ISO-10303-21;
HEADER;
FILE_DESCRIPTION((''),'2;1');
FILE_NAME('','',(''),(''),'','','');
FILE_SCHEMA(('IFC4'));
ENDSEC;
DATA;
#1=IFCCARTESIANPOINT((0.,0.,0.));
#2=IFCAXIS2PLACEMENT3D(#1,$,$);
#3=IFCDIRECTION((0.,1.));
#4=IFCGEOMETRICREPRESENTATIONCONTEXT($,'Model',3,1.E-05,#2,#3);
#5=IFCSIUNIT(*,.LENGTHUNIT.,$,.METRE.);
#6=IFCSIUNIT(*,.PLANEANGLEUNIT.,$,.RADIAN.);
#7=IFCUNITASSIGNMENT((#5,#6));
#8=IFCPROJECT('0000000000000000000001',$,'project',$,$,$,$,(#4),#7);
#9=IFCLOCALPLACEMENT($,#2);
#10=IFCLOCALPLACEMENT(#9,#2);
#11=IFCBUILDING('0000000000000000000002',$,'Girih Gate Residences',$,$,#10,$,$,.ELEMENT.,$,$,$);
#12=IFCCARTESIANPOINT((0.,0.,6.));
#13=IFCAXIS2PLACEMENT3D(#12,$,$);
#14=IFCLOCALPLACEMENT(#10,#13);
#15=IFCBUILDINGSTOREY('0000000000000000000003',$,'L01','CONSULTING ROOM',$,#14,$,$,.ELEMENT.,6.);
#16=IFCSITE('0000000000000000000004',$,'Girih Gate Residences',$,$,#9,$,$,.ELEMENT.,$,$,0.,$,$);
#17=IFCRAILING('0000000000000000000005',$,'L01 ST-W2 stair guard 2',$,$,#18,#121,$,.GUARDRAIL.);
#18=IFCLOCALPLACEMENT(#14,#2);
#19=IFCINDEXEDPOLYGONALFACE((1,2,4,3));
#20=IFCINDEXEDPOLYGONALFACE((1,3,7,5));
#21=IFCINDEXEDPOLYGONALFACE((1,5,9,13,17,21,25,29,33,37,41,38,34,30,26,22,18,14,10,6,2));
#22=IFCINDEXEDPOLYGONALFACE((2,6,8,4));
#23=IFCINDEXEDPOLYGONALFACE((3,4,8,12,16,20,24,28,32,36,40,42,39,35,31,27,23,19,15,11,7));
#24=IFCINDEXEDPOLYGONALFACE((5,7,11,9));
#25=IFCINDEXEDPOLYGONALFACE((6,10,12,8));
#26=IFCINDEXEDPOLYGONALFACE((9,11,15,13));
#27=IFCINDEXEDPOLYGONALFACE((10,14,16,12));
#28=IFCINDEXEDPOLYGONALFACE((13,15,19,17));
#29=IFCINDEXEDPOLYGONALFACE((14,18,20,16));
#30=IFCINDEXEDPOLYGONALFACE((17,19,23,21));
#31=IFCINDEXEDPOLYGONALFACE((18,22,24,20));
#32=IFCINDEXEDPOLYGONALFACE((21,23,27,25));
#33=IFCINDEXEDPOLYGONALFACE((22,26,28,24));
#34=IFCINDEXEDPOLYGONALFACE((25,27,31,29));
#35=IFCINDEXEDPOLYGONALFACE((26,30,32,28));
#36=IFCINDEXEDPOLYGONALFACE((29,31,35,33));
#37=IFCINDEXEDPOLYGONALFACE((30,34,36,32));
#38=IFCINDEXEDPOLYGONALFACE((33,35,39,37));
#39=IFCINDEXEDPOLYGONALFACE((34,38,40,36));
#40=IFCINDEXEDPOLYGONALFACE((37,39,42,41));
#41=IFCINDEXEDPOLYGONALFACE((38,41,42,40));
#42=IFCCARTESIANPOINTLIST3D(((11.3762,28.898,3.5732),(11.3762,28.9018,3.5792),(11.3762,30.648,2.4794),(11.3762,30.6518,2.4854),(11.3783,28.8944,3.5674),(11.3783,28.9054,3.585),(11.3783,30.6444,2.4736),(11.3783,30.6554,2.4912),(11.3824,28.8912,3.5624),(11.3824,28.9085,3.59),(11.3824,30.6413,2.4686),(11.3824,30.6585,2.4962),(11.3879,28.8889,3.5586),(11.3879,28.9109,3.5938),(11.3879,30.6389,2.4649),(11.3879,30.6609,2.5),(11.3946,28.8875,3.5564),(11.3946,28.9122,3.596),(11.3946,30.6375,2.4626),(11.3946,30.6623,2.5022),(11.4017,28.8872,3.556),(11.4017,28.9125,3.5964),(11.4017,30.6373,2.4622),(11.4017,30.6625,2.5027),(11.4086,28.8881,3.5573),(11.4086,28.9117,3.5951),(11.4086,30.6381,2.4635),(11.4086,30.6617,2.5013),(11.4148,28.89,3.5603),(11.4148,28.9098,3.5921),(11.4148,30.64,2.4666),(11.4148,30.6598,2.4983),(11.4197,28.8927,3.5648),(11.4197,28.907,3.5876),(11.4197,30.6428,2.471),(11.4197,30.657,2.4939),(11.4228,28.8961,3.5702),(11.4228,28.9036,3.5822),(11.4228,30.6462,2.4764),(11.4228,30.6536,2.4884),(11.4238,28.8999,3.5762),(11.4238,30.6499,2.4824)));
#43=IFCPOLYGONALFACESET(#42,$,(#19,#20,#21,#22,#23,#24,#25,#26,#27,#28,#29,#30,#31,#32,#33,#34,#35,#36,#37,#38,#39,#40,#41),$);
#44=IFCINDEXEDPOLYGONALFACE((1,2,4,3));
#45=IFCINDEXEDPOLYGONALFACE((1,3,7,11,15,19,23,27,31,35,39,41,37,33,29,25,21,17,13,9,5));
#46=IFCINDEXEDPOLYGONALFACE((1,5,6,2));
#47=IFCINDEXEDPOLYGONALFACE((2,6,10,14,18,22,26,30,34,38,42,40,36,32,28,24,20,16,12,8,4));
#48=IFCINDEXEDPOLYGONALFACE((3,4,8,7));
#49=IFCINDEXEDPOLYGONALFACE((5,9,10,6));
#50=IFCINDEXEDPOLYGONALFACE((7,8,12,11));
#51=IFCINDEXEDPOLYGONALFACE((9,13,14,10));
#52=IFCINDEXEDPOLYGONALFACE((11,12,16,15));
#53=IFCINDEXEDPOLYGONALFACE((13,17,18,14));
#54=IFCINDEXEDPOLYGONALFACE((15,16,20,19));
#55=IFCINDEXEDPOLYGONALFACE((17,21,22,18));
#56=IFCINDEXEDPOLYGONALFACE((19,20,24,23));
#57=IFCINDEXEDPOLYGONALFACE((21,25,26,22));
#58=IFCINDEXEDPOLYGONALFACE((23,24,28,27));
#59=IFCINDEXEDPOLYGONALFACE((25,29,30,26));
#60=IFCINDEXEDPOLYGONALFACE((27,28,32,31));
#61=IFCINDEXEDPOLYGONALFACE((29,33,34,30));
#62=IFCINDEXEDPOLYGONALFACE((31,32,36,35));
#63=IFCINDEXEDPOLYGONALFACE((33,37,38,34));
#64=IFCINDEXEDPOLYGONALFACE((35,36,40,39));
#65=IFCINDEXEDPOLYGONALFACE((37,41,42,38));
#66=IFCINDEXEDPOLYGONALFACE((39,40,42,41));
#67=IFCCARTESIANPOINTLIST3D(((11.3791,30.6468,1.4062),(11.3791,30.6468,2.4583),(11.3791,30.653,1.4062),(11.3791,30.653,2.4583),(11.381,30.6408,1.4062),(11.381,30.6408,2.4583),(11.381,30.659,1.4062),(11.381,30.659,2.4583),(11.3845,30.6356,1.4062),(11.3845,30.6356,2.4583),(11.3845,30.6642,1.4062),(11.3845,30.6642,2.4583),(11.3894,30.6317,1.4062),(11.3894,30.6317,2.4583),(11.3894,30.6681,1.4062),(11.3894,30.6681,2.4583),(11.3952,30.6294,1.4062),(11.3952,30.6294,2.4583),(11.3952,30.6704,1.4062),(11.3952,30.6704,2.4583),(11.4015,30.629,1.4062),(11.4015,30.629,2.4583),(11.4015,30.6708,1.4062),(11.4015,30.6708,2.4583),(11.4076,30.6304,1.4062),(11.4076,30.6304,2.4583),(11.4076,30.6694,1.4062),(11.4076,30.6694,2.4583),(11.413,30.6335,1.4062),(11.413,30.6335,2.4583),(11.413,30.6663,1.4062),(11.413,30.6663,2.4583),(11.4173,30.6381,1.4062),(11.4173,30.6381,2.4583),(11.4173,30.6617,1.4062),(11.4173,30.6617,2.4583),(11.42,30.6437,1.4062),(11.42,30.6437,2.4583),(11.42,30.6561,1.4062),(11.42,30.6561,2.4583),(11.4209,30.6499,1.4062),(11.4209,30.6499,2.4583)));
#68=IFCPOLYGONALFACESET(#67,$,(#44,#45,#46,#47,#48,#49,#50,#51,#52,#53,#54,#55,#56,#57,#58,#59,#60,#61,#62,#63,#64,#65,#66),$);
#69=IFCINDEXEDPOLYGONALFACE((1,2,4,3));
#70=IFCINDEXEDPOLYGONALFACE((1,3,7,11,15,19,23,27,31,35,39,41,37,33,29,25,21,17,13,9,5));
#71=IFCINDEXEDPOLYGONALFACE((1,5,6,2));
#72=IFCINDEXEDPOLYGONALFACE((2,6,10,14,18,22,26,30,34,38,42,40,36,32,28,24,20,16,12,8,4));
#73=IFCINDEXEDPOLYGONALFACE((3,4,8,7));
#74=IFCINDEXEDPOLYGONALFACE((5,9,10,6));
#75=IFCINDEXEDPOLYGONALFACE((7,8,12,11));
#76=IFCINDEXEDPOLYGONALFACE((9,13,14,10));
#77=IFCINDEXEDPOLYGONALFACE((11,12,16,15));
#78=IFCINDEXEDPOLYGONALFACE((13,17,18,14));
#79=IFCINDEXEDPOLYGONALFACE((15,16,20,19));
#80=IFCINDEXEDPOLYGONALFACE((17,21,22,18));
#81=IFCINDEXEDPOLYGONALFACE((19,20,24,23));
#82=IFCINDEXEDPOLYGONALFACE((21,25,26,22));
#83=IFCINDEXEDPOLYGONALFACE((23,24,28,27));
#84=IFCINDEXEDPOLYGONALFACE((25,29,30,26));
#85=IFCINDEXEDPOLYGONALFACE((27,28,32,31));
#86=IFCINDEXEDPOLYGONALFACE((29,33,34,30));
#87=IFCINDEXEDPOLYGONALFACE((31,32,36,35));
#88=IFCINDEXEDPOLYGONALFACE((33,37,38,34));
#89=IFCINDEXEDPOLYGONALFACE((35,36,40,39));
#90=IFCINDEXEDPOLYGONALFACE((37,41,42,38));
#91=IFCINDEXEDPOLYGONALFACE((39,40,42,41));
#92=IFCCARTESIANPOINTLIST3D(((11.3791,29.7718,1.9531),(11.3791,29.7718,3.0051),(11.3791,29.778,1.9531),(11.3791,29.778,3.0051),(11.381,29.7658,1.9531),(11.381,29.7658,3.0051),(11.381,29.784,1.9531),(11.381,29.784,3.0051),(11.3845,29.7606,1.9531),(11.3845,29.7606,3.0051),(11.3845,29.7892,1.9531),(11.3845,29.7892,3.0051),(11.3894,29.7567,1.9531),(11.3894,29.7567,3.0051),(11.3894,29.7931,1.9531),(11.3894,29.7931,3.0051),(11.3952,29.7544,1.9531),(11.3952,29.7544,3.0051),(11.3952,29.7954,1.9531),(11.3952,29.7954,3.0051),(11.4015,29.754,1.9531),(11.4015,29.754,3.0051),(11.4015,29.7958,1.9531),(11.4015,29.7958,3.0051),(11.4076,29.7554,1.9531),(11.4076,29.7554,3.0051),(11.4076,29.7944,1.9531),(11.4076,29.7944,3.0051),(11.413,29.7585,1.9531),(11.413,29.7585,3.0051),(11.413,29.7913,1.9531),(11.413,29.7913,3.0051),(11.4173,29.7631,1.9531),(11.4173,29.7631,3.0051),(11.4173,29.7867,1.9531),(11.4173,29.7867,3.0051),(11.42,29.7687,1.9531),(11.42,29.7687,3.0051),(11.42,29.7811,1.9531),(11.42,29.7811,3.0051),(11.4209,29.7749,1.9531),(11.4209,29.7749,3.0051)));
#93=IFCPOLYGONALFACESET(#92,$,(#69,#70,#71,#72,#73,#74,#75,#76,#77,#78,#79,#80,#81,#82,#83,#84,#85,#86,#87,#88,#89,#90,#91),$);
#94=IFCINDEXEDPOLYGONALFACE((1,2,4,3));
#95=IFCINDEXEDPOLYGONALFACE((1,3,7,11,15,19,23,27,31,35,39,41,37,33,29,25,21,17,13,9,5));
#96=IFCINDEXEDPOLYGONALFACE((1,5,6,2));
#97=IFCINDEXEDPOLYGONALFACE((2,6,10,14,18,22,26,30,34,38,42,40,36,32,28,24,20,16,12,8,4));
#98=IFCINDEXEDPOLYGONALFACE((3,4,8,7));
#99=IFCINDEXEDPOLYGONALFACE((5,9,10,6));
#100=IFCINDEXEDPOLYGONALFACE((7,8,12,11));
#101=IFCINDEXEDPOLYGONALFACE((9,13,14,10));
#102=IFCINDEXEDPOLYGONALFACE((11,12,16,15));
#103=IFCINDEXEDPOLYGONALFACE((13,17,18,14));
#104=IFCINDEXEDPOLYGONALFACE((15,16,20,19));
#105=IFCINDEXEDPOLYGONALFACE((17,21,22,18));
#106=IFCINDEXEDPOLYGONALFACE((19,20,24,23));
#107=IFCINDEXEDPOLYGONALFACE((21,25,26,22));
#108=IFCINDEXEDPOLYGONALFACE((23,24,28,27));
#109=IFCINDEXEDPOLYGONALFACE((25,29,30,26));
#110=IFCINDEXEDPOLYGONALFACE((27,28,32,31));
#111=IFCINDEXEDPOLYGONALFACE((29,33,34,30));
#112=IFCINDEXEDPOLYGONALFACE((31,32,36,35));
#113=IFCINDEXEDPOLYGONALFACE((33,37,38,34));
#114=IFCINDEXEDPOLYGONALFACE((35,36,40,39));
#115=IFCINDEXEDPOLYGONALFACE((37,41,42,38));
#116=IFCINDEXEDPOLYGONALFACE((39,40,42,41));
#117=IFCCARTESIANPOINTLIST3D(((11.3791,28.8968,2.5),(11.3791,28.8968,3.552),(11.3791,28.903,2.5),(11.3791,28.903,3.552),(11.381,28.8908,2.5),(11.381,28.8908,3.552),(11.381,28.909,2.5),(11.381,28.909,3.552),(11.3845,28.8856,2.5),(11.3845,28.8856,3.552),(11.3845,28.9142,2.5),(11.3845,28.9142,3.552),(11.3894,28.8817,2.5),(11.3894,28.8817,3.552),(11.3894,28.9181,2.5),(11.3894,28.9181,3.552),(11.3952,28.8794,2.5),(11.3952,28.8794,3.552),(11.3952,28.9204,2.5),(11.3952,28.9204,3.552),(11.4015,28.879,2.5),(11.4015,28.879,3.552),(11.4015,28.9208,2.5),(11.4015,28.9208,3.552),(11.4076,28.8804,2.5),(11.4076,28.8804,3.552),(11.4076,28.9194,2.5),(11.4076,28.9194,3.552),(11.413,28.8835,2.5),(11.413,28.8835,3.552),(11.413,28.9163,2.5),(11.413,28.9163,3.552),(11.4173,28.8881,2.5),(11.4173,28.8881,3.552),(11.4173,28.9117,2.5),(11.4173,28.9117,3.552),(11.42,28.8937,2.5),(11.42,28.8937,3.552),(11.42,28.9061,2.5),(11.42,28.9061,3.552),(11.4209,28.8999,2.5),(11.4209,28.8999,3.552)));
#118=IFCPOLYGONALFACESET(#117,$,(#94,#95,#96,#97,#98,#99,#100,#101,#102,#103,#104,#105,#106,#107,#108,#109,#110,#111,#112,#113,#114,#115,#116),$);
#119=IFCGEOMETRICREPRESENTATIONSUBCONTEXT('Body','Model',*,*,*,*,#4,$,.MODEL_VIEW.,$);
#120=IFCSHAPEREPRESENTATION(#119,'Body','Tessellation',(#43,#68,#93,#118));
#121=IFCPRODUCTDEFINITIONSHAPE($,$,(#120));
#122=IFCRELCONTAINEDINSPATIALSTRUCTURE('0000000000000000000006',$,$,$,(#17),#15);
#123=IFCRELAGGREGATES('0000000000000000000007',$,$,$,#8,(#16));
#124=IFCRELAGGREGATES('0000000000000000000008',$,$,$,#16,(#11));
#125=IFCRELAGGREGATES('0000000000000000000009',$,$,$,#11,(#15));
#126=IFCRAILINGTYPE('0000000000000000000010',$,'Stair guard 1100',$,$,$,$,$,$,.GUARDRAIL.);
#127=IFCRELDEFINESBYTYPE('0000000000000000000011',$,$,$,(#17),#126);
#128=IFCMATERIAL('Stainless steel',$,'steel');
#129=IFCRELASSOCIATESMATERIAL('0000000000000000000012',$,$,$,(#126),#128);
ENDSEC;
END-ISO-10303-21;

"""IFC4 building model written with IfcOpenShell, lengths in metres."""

from ifc_helpers import new_model, si_unit, direction, frame, origin, origin_2d, place, context, subcontext, project, spatial, circle, extrude, material, type_object, element, save


model = new_model("IFC4")

# Units and contexts
model_context = context("Model", 3, precision=1e-05, world=origin(), true_north=direction((0.0, 1.0)))
body_context = subcontext(model_context, "Body", "Model", "MODEL_VIEW")
ifc_project = project(units=[si_unit("LENGTHUNIT", "METRE"), si_unit("PLANEANGLEUNIT", "RADIAN")], contexts=[model_context])

# Site, building, storey
site_placement = place(None, origin())
site = spatial("IfcSite", under=ifc_project, at=site_placement, Name="Girih Gate Residences", CompositionType="ELEMENT", RefElevation=0.0)
building_placement = place(site_placement, origin())
building = spatial("IfcBuilding", under=site, at=building_placement, Name="Girih Gate Residences", CompositionType="ELEMENT")
storey_placement = place(building_placement, frame((0.0, 0.0, 6.0)))
storey = spatial("IfcBuildingStorey", under=building, at=storey_placement, Name="L01", Description="CONSULTING ROOM", CompositionType="ELEMENT", Elevation=6.0)

# Railing
ifc_material_1 = material(Name="Stainless steel", Category="steel")
railing_type_1 = type_object("IfcRailingType", Name="Stair guard 1100", PredefinedType="GUARDRAIL", material=ifc_material_1)
railing_1_placement = place(storey_placement, frame((11.3999, 30.6499, 1.4062)))
element("IfcRailing", 1, at=railing_1_placement, inside=storey, type_object=railing_type_1, Name="L01 ST-W2 stair guard 2", PredefinedType="GUARDRAIL", context=body_context, shape_type="SweptSolid", body=[
    extrude(circle(Radius=0.0239, at=origin_2d()), frame((0.0, 0.0, 1.0762), z_axis=(0.0, -0.847998, 0.529999), x_axis=(1.0, 0.0, 0.0)), (0.0, 0.0, 1.0), 2.0637),
    extrude(circle(Radius=0.021, at=origin_2d()), origin(), (0.0, 0.0, 1.0), 1.052),
    extrude(circle(Radius=0.021, at=origin_2d()), frame((0.0, -0.875, 0.5469)), (0.0, 0.0, 1.0), 1.052),
    extrude(circle(Radius=0.021, at=origin_2d()), frame((0.0, -1.75, 1.0938)), (0.0, 0.0, 1.0), 1.052),
])

save(model, "model.ifc")
